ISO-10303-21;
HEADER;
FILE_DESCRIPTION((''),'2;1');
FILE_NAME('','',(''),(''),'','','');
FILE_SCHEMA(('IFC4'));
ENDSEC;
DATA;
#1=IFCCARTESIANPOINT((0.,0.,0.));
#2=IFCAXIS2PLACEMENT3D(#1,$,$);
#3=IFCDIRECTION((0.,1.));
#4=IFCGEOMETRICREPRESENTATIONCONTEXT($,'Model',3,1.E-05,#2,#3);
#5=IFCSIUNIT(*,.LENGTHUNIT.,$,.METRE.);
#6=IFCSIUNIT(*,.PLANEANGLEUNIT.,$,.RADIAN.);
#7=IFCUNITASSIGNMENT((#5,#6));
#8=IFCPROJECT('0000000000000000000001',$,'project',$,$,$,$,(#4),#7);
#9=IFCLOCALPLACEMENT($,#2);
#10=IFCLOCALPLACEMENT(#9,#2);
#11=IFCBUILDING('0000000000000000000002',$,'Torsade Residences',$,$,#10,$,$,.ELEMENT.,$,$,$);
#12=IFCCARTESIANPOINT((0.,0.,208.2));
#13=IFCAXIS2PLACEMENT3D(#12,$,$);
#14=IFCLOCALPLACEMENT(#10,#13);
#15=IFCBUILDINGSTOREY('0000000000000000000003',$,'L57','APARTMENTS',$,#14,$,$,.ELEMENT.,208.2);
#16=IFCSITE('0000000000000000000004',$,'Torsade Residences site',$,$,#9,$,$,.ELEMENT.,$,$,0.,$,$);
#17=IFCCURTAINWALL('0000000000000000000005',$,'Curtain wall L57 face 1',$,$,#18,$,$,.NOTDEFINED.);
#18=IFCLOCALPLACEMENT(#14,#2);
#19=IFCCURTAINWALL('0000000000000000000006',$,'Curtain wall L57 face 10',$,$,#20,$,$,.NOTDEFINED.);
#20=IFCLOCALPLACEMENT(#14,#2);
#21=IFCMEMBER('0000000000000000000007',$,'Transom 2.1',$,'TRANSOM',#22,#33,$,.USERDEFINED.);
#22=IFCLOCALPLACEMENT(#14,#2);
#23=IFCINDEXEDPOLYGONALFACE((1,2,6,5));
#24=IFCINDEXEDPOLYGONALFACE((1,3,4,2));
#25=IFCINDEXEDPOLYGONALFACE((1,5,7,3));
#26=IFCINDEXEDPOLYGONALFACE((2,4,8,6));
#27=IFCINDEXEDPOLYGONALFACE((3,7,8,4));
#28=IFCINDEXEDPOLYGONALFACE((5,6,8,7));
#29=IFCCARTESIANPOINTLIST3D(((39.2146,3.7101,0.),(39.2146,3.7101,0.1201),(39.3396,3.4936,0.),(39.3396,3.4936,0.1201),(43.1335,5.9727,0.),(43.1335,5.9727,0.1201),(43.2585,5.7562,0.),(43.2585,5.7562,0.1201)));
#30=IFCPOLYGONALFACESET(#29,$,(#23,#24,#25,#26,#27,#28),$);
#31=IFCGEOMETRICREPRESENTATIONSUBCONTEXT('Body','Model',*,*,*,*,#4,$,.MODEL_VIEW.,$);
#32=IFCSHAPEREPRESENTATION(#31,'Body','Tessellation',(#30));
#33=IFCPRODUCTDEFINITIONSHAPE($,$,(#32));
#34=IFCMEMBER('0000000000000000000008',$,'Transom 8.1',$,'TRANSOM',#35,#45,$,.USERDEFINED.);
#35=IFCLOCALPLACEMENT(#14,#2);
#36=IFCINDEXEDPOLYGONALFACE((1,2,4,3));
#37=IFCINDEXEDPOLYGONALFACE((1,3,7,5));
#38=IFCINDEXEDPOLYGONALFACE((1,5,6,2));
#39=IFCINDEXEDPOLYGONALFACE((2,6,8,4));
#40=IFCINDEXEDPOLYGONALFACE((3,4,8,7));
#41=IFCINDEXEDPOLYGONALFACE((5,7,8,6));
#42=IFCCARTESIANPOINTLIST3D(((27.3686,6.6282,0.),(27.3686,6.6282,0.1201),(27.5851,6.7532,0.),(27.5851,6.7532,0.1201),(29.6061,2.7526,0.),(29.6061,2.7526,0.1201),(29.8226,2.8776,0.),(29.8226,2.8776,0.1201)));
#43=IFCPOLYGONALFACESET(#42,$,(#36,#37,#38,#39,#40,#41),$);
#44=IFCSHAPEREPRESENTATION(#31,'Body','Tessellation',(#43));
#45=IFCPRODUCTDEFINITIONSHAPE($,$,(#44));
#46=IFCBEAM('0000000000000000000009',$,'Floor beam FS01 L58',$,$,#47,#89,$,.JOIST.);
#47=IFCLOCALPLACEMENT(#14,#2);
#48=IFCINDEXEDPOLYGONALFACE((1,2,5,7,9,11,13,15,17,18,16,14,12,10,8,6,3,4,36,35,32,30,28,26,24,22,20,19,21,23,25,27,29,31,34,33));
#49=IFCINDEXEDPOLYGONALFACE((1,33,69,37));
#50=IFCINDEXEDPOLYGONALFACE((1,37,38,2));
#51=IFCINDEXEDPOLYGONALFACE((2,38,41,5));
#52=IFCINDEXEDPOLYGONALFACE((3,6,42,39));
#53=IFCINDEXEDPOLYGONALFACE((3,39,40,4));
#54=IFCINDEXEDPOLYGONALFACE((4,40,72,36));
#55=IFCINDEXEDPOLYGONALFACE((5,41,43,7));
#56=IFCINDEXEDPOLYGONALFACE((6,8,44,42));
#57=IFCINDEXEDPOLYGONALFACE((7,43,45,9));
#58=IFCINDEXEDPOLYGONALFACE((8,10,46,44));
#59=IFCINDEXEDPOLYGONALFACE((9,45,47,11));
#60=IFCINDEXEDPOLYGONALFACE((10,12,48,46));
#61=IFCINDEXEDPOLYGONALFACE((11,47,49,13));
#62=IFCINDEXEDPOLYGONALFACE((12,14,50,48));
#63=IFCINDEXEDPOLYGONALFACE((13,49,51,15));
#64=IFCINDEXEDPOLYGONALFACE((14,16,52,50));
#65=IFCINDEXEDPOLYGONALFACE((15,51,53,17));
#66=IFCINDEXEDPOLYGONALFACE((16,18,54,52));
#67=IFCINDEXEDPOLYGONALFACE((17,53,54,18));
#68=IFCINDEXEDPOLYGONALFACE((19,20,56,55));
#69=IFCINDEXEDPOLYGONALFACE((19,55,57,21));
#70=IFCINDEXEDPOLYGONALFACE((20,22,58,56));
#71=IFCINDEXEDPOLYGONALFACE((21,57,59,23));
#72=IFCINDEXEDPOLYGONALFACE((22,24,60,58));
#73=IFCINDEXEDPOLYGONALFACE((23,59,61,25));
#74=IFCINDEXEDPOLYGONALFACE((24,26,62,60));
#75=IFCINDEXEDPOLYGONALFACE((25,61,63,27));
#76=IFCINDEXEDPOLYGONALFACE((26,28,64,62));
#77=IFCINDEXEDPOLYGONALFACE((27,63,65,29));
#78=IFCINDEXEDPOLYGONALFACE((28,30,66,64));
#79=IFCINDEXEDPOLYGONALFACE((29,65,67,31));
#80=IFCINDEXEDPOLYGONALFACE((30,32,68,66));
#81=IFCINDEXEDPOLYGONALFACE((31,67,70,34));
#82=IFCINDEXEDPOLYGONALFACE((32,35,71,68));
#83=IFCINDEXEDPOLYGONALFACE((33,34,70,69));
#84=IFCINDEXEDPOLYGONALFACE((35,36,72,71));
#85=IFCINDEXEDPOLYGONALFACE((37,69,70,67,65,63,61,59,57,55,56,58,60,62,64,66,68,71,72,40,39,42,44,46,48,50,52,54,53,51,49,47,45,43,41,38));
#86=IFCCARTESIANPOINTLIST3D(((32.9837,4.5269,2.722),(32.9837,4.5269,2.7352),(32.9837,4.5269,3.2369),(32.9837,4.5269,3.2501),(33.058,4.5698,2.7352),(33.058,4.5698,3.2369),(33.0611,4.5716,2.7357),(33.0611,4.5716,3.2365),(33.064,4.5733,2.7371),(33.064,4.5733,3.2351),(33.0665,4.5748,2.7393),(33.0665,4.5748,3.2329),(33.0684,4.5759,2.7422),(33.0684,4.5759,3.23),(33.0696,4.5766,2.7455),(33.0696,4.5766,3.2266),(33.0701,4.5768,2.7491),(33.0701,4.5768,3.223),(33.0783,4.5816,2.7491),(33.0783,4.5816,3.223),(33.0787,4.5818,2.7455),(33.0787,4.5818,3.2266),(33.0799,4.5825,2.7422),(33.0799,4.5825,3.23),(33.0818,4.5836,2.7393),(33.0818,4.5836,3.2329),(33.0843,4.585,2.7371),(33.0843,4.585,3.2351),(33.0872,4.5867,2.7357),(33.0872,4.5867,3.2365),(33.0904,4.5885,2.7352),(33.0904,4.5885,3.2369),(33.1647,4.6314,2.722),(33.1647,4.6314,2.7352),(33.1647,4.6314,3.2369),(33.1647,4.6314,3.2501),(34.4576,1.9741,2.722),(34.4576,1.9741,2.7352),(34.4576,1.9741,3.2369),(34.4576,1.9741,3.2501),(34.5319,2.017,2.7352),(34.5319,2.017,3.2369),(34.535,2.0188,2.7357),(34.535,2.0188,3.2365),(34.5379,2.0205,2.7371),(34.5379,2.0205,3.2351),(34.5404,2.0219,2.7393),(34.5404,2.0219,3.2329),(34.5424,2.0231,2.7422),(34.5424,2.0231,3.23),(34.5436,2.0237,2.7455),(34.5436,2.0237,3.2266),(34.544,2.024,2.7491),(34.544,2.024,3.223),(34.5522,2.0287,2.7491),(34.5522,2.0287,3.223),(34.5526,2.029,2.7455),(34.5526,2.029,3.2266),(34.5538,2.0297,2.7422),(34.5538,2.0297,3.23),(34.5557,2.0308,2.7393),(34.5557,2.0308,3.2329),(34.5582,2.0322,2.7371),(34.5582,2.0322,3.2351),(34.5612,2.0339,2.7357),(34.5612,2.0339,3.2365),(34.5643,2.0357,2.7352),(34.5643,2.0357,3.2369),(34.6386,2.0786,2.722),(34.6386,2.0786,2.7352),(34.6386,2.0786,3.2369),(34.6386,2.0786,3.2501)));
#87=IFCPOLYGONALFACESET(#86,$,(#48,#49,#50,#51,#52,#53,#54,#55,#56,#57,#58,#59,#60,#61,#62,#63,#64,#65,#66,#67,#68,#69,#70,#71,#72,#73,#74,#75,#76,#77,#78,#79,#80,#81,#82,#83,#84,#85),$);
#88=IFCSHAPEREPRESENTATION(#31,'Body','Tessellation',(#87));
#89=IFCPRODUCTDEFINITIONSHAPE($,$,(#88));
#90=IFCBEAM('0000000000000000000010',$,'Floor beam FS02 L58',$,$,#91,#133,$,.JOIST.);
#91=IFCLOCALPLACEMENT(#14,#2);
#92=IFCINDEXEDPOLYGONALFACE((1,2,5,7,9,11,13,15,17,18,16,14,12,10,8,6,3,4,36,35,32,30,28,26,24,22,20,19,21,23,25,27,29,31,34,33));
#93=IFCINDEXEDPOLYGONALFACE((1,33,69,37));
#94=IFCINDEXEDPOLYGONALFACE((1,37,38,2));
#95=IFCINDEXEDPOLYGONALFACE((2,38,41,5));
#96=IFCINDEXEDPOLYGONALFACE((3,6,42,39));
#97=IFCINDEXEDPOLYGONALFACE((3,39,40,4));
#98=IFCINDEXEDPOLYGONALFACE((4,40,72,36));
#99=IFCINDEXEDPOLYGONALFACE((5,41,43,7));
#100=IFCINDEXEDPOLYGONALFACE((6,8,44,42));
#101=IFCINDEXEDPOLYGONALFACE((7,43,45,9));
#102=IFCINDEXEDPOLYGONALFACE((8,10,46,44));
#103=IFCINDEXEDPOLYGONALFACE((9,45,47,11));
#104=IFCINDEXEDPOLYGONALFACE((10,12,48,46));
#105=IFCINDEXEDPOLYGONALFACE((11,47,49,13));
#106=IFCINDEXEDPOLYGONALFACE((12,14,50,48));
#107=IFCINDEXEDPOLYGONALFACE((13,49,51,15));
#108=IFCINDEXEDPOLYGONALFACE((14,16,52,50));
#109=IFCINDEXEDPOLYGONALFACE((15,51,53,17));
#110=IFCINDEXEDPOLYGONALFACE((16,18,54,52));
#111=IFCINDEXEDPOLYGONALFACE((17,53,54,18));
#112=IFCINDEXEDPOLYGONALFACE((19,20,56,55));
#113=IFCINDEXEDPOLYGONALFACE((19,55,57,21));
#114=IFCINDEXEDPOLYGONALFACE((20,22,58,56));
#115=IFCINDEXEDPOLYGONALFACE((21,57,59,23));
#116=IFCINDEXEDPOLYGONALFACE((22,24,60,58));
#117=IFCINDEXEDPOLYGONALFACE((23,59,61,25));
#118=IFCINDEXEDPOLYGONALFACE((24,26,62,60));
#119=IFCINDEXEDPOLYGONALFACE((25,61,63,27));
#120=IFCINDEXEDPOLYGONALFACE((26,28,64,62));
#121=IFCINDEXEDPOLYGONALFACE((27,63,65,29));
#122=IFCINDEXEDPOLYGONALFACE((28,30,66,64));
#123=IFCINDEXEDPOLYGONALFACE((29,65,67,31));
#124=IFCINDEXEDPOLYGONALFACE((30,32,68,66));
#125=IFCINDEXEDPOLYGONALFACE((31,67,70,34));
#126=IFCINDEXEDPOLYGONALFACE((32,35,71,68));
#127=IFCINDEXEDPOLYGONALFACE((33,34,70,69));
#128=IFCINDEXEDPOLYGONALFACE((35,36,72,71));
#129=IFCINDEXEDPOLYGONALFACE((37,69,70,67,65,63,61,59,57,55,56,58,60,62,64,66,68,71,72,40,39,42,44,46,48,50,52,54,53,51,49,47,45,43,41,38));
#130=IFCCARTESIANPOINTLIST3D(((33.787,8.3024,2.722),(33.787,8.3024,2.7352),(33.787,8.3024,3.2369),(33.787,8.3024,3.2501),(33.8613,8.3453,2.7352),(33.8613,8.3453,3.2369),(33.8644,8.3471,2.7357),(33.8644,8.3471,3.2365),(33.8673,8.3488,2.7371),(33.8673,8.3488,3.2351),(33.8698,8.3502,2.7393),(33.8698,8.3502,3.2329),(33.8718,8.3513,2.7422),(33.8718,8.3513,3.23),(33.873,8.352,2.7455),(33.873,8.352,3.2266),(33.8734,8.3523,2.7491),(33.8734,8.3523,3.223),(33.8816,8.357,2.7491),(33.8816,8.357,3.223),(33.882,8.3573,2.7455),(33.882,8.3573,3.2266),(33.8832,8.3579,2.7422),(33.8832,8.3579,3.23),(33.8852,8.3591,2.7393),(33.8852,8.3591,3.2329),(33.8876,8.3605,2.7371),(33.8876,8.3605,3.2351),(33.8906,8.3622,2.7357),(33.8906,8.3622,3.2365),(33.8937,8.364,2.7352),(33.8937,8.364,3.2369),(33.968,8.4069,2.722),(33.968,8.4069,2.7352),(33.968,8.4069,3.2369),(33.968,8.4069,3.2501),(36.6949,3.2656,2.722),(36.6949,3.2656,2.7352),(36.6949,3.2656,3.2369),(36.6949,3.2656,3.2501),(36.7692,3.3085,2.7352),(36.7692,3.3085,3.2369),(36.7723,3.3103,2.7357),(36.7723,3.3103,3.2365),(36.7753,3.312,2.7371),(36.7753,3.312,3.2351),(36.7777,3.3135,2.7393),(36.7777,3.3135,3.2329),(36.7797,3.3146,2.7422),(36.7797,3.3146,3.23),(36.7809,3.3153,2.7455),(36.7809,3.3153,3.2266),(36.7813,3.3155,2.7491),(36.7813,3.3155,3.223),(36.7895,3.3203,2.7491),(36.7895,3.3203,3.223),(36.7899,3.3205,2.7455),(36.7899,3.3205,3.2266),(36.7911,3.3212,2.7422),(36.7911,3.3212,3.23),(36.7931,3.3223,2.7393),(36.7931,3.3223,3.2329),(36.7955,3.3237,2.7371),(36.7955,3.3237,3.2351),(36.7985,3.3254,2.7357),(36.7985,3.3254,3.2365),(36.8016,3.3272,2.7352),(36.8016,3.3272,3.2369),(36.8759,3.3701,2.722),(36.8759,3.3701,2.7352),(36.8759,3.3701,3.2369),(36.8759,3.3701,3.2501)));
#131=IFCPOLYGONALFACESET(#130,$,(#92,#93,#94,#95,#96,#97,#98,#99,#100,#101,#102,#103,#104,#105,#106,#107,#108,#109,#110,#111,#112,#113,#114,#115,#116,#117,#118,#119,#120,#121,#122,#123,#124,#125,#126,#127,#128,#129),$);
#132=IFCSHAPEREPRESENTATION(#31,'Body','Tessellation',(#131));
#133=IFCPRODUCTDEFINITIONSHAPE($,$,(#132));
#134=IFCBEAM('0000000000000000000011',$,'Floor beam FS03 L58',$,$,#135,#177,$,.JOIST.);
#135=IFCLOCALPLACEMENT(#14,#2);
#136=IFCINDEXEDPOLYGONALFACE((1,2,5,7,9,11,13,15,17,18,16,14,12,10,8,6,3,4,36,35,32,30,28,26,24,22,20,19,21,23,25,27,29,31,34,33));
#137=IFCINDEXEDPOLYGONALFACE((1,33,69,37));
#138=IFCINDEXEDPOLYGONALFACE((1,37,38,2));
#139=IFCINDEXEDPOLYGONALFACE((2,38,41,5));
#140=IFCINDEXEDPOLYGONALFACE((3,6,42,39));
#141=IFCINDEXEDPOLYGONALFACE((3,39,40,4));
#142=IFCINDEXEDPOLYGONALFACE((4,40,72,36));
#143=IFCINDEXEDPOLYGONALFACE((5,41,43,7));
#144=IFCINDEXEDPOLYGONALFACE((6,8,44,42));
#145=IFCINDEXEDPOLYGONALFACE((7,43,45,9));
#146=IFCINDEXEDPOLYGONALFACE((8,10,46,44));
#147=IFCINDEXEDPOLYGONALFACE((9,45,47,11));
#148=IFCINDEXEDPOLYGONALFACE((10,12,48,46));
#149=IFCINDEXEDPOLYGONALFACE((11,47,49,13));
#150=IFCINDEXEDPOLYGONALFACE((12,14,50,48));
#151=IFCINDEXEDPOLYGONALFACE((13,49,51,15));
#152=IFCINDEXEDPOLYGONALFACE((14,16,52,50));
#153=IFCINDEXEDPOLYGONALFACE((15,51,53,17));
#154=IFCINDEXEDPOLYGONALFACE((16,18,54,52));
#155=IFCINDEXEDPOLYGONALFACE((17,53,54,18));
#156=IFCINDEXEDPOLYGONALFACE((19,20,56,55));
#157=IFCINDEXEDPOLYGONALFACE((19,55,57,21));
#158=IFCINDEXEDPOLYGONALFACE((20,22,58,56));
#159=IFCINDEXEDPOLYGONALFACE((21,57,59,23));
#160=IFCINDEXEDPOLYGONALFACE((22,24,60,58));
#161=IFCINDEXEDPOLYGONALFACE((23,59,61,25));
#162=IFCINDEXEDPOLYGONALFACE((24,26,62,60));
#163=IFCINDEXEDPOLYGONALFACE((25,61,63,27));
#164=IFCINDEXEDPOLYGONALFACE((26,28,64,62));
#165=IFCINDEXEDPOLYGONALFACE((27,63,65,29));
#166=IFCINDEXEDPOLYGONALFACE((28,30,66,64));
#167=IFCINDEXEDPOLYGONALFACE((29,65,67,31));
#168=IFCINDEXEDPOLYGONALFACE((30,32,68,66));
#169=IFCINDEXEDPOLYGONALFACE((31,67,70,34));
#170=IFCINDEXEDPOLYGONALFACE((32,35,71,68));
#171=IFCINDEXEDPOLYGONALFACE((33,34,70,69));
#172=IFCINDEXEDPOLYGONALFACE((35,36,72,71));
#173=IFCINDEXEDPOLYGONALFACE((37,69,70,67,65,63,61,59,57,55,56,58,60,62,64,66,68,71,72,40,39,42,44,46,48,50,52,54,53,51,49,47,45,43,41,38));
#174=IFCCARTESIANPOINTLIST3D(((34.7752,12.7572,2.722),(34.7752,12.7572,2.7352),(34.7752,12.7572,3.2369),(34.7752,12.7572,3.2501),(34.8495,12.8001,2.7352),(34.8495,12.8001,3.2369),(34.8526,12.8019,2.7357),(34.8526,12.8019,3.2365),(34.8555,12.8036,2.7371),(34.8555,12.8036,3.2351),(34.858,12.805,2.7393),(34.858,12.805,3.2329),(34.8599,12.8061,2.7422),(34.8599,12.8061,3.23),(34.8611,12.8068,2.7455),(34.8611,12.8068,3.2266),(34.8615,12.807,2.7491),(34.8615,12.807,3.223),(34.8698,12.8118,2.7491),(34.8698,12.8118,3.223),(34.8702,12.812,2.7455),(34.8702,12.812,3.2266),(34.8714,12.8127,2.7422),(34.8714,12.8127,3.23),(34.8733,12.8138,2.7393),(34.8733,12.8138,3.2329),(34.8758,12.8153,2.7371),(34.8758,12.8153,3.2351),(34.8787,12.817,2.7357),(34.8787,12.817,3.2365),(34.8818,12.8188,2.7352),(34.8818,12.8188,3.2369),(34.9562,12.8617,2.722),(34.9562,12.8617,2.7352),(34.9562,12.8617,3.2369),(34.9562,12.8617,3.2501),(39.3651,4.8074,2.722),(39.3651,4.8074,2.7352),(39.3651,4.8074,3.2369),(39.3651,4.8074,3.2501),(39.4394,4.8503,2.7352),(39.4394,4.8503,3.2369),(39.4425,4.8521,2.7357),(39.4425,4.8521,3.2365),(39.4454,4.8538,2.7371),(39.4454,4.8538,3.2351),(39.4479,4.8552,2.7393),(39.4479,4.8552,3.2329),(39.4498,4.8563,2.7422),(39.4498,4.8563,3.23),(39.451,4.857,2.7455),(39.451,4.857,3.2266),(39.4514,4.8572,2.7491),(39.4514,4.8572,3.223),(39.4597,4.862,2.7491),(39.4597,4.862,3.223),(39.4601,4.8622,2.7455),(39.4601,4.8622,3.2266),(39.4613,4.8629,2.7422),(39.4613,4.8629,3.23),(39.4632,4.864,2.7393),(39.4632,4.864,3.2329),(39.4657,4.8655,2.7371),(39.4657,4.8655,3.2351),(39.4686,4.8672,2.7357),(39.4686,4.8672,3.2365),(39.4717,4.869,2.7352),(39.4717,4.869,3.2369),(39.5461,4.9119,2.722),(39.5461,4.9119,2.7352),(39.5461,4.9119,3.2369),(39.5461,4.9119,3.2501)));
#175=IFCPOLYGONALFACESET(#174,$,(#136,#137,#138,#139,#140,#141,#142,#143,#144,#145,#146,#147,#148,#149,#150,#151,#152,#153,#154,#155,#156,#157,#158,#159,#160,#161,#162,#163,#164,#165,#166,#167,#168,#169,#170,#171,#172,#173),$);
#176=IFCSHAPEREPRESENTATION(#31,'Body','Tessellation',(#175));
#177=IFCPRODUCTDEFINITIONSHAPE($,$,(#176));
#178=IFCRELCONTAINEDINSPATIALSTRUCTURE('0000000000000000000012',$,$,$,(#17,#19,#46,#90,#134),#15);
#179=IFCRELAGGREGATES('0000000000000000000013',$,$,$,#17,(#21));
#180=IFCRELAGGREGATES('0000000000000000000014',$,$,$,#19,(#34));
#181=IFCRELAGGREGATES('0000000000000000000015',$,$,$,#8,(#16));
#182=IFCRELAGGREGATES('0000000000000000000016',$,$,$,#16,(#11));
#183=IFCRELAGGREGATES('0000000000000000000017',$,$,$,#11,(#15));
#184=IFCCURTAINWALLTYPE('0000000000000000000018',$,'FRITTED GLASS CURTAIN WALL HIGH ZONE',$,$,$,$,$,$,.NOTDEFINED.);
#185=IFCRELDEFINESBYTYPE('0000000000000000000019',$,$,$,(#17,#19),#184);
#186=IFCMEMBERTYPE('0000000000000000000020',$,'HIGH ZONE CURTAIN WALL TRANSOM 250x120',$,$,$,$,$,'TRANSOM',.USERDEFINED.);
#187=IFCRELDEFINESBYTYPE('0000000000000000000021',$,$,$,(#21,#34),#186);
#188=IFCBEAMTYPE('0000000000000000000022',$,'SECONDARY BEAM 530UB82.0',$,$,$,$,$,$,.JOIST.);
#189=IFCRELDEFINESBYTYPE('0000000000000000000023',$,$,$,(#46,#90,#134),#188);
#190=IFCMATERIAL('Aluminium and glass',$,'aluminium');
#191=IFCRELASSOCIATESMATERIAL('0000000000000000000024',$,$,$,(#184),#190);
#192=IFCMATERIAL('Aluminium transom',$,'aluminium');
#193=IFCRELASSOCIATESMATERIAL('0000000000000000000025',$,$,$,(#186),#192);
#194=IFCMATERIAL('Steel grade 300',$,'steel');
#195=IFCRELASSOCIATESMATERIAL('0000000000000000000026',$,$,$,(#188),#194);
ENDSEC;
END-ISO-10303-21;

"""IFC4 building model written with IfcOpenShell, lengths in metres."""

from ifc_helpers import new_model, si_unit, direction, frame, origin, origin_2d, place, context, subcontext, project, spatial, rectangle, i_section, extrude, material, material_profile, profile_set, type_object, element, aggregate, save


model = new_model("IFC4")

# Units and contexts
model_context = context("Model", 3, precision=1e-05, world=origin(), true_north=direction((0.0, 1.0)))
body_context = subcontext(model_context, "Body", "Model", "MODEL_VIEW")
ifc_project = project(units=[si_unit("LENGTHUNIT", "METRE"), si_unit("PLANEANGLEUNIT", "RADIAN")], contexts=[model_context])

# Site, building, storey
site_placement = place(None, origin())
site = spatial("IfcSite", under=ifc_project, at=site_placement, Name="Torsade Residences site", CompositionType="ELEMENT", RefElevation=0.0)
building_placement = place(site_placement, origin())
building = spatial("IfcBuilding", under=site, at=building_placement, Name="Torsade Residences", CompositionType="ELEMENT")
storey_placement = place(building_placement, frame((0.0, 0.0, 208.2)))
storey = spatial("IfcBuildingStorey", under=building, at=storey_placement, Name="L57", Description="APARTMENTS", CompositionType="ELEMENT", Elevation=208.2)

# Curtain wall
ifc_material_1 = material(Name="Aluminium and glass", Category="aluminium")
curtain_wall_type = type_object("IfcCurtainWallType", Name="FRITTED GLASS CURTAIN WALL HIGH ZONE", PredefinedType="NOTDEFINED", material=ifc_material_1)
curtain_wall_1_placement = place(storey_placement, origin())
curtain_wall_1 = element("IfcCurtainWall", 1, at=curtain_wall_1_placement, inside=storey, type_object=curtain_wall_type, Name="Curtain wall L57 face 1", PredefinedType="NOTDEFINED")

# Curtain wall
curtain_wall_2_placement = place(storey_placement, origin())
curtain_wall_2 = element("IfcCurtainWall", 2, at=curtain_wall_2_placement, inside=storey, type_object=curtain_wall_type, Name="Curtain wall L57 face 10", PredefinedType="NOTDEFINED")

# Members
ifc_material_2 = material(Name="Aluminium transom", Category="aluminium")
ifc_material_profile_1 = material_profile(ifc_material_2, rectangle(XDim=0.25, YDim=0.1201, at=origin_2d()), Name="HIGH ZONE CURTAIN WALL TRANSOM 250x120")
ifc_profile_set_1 = profile_set([ifc_material_profile_1], Name="Aluminium transom")
member_type_1 = type_object("IfcMemberType", Name="HIGH ZONE CURTAIN WALL TRANSOM 250x120", ElementType="TRANSOM", PredefinedType="USERDEFINED", material=ifc_profile_set_1)
member_1_placement = place(storey_placement, frame((39.2771, 3.6018, 0.0601), z_axis=(0.866017, 0.500015, 0.0), x_axis=(-0.500015, 0.866017, 0.0)))
member_1 = element("IfcMember", 3, at=member_1_placement, type_object=member_type_1, Name="Transom 2.1", ObjectType="TRANSOM", PredefinedType="USERDEFINED", context=body_context, shape_type="SweptSolid", body=[
    extrude(rectangle(XDim=0.25, YDim=0.1201, at=origin_2d()), origin(), (0.0, 0.0, 1.0), 4.5251),
])
member_2_placement = place(storey_placement, frame((27.4768, 6.6907, 0.0601), z_axis=(0.500006, -0.866022, 0.0), x_axis=(0.866022, 0.500006, 0.0)))
member_2 = element("IfcMember", 4, at=member_2_placement, type_object=member_type_1, Name="Transom 8.1", ObjectType="TRANSOM", PredefinedType="USERDEFINED", context=body_context, shape_type="SweptSolid", body=[
    extrude(rectangle(XDim=0.25, YDim=0.1201, at=origin_2d()), origin(), (0.0, 0.0, 1.0), 4.4751),
])

# Beams
ifc_material_3 = material(Name="Steel grade 300", Category="steel")
ifc_material_profile_2 = material_profile(ifc_material_3, i_section(OverallWidth=0.209, OverallDepth=0.5281, WebThickness=0.0095, FlangeThickness=0.0132, FilletRadius=0.0139, at=origin_2d()), Name="530UB82.0")
ifc_profile_set_2 = profile_set([ifc_material_profile_2], Name="Steel grade 300")
beam_type_1 = type_object("IfcBeamType", Name="SECONDARY BEAM 530UB82.0", PredefinedType="JOIST", material=ifc_profile_set_2)
beam_1_placement = place(storey_placement, frame((34.5481, 2.0264, 2.9861), z_axis=(-0.500014, 0.866017, 0.0), x_axis=(-0.866017, -0.500014, 0.0)))
element("IfcBeam", 5, at=beam_1_placement, inside=storey, type_object=beam_type_1, Name="Floor beam FS01 L58", PredefinedType="JOIST", context=body_context, shape_type="SweptSolid", body=[
    extrude(i_section(OverallWidth=0.209, OverallDepth=0.5281, WebThickness=0.0095, FlangeThickness=0.0132, FilletRadius=0.0139, at=origin_2d()), origin(), (0.0, 0.0, 1.0), 2.9478),
])
beam_2_placement = place(storey_placement, frame((36.7854, 3.3179, 2.9861), z_axis=(-0.49999, 0.866031, 0.0), x_axis=(-0.866031, -0.49999, 0.0)))
element("IfcBeam", 6, at=beam_2_placement, inside=storey, type_object=beam_type_1, Name="Floor beam FS02 L58", PredefinedType="JOIST", context=body_context, shape_type="SweptSolid", body=[
    extrude(i_section(OverallWidth=0.209, OverallDepth=0.5281, WebThickness=0.0095, FlangeThickness=0.0132, FilletRadius=0.0139, at=origin_2d()), origin(), (0.0, 0.0, 1.0), 5.8159),
])
beam_3_placement = place(storey_placement, frame((39.4556, 4.8596, 2.9861), z_axis=(-0.500006, 0.866022, 0.0), x_axis=(-0.866022, -0.500006, 0.0)))
element("IfcBeam", 7, at=beam_3_placement, inside=storey, type_object=beam_type_1, Name="Floor beam FS03 L58", PredefinedType="JOIST", context=body_context, shape_type="SweptSolid", body=[
    extrude(i_section(OverallWidth=0.209, OverallDepth=0.5281, WebThickness=0.0095, FlangeThickness=0.0132, FilletRadius=0.0139, at=origin_2d()), origin(), (0.0, 0.0, 1.0), 9.1797),
])

aggregate(curtain_wall_1, [member_1])
aggregate(curtain_wall_2, [member_2])

save(model, "model.ifc")
